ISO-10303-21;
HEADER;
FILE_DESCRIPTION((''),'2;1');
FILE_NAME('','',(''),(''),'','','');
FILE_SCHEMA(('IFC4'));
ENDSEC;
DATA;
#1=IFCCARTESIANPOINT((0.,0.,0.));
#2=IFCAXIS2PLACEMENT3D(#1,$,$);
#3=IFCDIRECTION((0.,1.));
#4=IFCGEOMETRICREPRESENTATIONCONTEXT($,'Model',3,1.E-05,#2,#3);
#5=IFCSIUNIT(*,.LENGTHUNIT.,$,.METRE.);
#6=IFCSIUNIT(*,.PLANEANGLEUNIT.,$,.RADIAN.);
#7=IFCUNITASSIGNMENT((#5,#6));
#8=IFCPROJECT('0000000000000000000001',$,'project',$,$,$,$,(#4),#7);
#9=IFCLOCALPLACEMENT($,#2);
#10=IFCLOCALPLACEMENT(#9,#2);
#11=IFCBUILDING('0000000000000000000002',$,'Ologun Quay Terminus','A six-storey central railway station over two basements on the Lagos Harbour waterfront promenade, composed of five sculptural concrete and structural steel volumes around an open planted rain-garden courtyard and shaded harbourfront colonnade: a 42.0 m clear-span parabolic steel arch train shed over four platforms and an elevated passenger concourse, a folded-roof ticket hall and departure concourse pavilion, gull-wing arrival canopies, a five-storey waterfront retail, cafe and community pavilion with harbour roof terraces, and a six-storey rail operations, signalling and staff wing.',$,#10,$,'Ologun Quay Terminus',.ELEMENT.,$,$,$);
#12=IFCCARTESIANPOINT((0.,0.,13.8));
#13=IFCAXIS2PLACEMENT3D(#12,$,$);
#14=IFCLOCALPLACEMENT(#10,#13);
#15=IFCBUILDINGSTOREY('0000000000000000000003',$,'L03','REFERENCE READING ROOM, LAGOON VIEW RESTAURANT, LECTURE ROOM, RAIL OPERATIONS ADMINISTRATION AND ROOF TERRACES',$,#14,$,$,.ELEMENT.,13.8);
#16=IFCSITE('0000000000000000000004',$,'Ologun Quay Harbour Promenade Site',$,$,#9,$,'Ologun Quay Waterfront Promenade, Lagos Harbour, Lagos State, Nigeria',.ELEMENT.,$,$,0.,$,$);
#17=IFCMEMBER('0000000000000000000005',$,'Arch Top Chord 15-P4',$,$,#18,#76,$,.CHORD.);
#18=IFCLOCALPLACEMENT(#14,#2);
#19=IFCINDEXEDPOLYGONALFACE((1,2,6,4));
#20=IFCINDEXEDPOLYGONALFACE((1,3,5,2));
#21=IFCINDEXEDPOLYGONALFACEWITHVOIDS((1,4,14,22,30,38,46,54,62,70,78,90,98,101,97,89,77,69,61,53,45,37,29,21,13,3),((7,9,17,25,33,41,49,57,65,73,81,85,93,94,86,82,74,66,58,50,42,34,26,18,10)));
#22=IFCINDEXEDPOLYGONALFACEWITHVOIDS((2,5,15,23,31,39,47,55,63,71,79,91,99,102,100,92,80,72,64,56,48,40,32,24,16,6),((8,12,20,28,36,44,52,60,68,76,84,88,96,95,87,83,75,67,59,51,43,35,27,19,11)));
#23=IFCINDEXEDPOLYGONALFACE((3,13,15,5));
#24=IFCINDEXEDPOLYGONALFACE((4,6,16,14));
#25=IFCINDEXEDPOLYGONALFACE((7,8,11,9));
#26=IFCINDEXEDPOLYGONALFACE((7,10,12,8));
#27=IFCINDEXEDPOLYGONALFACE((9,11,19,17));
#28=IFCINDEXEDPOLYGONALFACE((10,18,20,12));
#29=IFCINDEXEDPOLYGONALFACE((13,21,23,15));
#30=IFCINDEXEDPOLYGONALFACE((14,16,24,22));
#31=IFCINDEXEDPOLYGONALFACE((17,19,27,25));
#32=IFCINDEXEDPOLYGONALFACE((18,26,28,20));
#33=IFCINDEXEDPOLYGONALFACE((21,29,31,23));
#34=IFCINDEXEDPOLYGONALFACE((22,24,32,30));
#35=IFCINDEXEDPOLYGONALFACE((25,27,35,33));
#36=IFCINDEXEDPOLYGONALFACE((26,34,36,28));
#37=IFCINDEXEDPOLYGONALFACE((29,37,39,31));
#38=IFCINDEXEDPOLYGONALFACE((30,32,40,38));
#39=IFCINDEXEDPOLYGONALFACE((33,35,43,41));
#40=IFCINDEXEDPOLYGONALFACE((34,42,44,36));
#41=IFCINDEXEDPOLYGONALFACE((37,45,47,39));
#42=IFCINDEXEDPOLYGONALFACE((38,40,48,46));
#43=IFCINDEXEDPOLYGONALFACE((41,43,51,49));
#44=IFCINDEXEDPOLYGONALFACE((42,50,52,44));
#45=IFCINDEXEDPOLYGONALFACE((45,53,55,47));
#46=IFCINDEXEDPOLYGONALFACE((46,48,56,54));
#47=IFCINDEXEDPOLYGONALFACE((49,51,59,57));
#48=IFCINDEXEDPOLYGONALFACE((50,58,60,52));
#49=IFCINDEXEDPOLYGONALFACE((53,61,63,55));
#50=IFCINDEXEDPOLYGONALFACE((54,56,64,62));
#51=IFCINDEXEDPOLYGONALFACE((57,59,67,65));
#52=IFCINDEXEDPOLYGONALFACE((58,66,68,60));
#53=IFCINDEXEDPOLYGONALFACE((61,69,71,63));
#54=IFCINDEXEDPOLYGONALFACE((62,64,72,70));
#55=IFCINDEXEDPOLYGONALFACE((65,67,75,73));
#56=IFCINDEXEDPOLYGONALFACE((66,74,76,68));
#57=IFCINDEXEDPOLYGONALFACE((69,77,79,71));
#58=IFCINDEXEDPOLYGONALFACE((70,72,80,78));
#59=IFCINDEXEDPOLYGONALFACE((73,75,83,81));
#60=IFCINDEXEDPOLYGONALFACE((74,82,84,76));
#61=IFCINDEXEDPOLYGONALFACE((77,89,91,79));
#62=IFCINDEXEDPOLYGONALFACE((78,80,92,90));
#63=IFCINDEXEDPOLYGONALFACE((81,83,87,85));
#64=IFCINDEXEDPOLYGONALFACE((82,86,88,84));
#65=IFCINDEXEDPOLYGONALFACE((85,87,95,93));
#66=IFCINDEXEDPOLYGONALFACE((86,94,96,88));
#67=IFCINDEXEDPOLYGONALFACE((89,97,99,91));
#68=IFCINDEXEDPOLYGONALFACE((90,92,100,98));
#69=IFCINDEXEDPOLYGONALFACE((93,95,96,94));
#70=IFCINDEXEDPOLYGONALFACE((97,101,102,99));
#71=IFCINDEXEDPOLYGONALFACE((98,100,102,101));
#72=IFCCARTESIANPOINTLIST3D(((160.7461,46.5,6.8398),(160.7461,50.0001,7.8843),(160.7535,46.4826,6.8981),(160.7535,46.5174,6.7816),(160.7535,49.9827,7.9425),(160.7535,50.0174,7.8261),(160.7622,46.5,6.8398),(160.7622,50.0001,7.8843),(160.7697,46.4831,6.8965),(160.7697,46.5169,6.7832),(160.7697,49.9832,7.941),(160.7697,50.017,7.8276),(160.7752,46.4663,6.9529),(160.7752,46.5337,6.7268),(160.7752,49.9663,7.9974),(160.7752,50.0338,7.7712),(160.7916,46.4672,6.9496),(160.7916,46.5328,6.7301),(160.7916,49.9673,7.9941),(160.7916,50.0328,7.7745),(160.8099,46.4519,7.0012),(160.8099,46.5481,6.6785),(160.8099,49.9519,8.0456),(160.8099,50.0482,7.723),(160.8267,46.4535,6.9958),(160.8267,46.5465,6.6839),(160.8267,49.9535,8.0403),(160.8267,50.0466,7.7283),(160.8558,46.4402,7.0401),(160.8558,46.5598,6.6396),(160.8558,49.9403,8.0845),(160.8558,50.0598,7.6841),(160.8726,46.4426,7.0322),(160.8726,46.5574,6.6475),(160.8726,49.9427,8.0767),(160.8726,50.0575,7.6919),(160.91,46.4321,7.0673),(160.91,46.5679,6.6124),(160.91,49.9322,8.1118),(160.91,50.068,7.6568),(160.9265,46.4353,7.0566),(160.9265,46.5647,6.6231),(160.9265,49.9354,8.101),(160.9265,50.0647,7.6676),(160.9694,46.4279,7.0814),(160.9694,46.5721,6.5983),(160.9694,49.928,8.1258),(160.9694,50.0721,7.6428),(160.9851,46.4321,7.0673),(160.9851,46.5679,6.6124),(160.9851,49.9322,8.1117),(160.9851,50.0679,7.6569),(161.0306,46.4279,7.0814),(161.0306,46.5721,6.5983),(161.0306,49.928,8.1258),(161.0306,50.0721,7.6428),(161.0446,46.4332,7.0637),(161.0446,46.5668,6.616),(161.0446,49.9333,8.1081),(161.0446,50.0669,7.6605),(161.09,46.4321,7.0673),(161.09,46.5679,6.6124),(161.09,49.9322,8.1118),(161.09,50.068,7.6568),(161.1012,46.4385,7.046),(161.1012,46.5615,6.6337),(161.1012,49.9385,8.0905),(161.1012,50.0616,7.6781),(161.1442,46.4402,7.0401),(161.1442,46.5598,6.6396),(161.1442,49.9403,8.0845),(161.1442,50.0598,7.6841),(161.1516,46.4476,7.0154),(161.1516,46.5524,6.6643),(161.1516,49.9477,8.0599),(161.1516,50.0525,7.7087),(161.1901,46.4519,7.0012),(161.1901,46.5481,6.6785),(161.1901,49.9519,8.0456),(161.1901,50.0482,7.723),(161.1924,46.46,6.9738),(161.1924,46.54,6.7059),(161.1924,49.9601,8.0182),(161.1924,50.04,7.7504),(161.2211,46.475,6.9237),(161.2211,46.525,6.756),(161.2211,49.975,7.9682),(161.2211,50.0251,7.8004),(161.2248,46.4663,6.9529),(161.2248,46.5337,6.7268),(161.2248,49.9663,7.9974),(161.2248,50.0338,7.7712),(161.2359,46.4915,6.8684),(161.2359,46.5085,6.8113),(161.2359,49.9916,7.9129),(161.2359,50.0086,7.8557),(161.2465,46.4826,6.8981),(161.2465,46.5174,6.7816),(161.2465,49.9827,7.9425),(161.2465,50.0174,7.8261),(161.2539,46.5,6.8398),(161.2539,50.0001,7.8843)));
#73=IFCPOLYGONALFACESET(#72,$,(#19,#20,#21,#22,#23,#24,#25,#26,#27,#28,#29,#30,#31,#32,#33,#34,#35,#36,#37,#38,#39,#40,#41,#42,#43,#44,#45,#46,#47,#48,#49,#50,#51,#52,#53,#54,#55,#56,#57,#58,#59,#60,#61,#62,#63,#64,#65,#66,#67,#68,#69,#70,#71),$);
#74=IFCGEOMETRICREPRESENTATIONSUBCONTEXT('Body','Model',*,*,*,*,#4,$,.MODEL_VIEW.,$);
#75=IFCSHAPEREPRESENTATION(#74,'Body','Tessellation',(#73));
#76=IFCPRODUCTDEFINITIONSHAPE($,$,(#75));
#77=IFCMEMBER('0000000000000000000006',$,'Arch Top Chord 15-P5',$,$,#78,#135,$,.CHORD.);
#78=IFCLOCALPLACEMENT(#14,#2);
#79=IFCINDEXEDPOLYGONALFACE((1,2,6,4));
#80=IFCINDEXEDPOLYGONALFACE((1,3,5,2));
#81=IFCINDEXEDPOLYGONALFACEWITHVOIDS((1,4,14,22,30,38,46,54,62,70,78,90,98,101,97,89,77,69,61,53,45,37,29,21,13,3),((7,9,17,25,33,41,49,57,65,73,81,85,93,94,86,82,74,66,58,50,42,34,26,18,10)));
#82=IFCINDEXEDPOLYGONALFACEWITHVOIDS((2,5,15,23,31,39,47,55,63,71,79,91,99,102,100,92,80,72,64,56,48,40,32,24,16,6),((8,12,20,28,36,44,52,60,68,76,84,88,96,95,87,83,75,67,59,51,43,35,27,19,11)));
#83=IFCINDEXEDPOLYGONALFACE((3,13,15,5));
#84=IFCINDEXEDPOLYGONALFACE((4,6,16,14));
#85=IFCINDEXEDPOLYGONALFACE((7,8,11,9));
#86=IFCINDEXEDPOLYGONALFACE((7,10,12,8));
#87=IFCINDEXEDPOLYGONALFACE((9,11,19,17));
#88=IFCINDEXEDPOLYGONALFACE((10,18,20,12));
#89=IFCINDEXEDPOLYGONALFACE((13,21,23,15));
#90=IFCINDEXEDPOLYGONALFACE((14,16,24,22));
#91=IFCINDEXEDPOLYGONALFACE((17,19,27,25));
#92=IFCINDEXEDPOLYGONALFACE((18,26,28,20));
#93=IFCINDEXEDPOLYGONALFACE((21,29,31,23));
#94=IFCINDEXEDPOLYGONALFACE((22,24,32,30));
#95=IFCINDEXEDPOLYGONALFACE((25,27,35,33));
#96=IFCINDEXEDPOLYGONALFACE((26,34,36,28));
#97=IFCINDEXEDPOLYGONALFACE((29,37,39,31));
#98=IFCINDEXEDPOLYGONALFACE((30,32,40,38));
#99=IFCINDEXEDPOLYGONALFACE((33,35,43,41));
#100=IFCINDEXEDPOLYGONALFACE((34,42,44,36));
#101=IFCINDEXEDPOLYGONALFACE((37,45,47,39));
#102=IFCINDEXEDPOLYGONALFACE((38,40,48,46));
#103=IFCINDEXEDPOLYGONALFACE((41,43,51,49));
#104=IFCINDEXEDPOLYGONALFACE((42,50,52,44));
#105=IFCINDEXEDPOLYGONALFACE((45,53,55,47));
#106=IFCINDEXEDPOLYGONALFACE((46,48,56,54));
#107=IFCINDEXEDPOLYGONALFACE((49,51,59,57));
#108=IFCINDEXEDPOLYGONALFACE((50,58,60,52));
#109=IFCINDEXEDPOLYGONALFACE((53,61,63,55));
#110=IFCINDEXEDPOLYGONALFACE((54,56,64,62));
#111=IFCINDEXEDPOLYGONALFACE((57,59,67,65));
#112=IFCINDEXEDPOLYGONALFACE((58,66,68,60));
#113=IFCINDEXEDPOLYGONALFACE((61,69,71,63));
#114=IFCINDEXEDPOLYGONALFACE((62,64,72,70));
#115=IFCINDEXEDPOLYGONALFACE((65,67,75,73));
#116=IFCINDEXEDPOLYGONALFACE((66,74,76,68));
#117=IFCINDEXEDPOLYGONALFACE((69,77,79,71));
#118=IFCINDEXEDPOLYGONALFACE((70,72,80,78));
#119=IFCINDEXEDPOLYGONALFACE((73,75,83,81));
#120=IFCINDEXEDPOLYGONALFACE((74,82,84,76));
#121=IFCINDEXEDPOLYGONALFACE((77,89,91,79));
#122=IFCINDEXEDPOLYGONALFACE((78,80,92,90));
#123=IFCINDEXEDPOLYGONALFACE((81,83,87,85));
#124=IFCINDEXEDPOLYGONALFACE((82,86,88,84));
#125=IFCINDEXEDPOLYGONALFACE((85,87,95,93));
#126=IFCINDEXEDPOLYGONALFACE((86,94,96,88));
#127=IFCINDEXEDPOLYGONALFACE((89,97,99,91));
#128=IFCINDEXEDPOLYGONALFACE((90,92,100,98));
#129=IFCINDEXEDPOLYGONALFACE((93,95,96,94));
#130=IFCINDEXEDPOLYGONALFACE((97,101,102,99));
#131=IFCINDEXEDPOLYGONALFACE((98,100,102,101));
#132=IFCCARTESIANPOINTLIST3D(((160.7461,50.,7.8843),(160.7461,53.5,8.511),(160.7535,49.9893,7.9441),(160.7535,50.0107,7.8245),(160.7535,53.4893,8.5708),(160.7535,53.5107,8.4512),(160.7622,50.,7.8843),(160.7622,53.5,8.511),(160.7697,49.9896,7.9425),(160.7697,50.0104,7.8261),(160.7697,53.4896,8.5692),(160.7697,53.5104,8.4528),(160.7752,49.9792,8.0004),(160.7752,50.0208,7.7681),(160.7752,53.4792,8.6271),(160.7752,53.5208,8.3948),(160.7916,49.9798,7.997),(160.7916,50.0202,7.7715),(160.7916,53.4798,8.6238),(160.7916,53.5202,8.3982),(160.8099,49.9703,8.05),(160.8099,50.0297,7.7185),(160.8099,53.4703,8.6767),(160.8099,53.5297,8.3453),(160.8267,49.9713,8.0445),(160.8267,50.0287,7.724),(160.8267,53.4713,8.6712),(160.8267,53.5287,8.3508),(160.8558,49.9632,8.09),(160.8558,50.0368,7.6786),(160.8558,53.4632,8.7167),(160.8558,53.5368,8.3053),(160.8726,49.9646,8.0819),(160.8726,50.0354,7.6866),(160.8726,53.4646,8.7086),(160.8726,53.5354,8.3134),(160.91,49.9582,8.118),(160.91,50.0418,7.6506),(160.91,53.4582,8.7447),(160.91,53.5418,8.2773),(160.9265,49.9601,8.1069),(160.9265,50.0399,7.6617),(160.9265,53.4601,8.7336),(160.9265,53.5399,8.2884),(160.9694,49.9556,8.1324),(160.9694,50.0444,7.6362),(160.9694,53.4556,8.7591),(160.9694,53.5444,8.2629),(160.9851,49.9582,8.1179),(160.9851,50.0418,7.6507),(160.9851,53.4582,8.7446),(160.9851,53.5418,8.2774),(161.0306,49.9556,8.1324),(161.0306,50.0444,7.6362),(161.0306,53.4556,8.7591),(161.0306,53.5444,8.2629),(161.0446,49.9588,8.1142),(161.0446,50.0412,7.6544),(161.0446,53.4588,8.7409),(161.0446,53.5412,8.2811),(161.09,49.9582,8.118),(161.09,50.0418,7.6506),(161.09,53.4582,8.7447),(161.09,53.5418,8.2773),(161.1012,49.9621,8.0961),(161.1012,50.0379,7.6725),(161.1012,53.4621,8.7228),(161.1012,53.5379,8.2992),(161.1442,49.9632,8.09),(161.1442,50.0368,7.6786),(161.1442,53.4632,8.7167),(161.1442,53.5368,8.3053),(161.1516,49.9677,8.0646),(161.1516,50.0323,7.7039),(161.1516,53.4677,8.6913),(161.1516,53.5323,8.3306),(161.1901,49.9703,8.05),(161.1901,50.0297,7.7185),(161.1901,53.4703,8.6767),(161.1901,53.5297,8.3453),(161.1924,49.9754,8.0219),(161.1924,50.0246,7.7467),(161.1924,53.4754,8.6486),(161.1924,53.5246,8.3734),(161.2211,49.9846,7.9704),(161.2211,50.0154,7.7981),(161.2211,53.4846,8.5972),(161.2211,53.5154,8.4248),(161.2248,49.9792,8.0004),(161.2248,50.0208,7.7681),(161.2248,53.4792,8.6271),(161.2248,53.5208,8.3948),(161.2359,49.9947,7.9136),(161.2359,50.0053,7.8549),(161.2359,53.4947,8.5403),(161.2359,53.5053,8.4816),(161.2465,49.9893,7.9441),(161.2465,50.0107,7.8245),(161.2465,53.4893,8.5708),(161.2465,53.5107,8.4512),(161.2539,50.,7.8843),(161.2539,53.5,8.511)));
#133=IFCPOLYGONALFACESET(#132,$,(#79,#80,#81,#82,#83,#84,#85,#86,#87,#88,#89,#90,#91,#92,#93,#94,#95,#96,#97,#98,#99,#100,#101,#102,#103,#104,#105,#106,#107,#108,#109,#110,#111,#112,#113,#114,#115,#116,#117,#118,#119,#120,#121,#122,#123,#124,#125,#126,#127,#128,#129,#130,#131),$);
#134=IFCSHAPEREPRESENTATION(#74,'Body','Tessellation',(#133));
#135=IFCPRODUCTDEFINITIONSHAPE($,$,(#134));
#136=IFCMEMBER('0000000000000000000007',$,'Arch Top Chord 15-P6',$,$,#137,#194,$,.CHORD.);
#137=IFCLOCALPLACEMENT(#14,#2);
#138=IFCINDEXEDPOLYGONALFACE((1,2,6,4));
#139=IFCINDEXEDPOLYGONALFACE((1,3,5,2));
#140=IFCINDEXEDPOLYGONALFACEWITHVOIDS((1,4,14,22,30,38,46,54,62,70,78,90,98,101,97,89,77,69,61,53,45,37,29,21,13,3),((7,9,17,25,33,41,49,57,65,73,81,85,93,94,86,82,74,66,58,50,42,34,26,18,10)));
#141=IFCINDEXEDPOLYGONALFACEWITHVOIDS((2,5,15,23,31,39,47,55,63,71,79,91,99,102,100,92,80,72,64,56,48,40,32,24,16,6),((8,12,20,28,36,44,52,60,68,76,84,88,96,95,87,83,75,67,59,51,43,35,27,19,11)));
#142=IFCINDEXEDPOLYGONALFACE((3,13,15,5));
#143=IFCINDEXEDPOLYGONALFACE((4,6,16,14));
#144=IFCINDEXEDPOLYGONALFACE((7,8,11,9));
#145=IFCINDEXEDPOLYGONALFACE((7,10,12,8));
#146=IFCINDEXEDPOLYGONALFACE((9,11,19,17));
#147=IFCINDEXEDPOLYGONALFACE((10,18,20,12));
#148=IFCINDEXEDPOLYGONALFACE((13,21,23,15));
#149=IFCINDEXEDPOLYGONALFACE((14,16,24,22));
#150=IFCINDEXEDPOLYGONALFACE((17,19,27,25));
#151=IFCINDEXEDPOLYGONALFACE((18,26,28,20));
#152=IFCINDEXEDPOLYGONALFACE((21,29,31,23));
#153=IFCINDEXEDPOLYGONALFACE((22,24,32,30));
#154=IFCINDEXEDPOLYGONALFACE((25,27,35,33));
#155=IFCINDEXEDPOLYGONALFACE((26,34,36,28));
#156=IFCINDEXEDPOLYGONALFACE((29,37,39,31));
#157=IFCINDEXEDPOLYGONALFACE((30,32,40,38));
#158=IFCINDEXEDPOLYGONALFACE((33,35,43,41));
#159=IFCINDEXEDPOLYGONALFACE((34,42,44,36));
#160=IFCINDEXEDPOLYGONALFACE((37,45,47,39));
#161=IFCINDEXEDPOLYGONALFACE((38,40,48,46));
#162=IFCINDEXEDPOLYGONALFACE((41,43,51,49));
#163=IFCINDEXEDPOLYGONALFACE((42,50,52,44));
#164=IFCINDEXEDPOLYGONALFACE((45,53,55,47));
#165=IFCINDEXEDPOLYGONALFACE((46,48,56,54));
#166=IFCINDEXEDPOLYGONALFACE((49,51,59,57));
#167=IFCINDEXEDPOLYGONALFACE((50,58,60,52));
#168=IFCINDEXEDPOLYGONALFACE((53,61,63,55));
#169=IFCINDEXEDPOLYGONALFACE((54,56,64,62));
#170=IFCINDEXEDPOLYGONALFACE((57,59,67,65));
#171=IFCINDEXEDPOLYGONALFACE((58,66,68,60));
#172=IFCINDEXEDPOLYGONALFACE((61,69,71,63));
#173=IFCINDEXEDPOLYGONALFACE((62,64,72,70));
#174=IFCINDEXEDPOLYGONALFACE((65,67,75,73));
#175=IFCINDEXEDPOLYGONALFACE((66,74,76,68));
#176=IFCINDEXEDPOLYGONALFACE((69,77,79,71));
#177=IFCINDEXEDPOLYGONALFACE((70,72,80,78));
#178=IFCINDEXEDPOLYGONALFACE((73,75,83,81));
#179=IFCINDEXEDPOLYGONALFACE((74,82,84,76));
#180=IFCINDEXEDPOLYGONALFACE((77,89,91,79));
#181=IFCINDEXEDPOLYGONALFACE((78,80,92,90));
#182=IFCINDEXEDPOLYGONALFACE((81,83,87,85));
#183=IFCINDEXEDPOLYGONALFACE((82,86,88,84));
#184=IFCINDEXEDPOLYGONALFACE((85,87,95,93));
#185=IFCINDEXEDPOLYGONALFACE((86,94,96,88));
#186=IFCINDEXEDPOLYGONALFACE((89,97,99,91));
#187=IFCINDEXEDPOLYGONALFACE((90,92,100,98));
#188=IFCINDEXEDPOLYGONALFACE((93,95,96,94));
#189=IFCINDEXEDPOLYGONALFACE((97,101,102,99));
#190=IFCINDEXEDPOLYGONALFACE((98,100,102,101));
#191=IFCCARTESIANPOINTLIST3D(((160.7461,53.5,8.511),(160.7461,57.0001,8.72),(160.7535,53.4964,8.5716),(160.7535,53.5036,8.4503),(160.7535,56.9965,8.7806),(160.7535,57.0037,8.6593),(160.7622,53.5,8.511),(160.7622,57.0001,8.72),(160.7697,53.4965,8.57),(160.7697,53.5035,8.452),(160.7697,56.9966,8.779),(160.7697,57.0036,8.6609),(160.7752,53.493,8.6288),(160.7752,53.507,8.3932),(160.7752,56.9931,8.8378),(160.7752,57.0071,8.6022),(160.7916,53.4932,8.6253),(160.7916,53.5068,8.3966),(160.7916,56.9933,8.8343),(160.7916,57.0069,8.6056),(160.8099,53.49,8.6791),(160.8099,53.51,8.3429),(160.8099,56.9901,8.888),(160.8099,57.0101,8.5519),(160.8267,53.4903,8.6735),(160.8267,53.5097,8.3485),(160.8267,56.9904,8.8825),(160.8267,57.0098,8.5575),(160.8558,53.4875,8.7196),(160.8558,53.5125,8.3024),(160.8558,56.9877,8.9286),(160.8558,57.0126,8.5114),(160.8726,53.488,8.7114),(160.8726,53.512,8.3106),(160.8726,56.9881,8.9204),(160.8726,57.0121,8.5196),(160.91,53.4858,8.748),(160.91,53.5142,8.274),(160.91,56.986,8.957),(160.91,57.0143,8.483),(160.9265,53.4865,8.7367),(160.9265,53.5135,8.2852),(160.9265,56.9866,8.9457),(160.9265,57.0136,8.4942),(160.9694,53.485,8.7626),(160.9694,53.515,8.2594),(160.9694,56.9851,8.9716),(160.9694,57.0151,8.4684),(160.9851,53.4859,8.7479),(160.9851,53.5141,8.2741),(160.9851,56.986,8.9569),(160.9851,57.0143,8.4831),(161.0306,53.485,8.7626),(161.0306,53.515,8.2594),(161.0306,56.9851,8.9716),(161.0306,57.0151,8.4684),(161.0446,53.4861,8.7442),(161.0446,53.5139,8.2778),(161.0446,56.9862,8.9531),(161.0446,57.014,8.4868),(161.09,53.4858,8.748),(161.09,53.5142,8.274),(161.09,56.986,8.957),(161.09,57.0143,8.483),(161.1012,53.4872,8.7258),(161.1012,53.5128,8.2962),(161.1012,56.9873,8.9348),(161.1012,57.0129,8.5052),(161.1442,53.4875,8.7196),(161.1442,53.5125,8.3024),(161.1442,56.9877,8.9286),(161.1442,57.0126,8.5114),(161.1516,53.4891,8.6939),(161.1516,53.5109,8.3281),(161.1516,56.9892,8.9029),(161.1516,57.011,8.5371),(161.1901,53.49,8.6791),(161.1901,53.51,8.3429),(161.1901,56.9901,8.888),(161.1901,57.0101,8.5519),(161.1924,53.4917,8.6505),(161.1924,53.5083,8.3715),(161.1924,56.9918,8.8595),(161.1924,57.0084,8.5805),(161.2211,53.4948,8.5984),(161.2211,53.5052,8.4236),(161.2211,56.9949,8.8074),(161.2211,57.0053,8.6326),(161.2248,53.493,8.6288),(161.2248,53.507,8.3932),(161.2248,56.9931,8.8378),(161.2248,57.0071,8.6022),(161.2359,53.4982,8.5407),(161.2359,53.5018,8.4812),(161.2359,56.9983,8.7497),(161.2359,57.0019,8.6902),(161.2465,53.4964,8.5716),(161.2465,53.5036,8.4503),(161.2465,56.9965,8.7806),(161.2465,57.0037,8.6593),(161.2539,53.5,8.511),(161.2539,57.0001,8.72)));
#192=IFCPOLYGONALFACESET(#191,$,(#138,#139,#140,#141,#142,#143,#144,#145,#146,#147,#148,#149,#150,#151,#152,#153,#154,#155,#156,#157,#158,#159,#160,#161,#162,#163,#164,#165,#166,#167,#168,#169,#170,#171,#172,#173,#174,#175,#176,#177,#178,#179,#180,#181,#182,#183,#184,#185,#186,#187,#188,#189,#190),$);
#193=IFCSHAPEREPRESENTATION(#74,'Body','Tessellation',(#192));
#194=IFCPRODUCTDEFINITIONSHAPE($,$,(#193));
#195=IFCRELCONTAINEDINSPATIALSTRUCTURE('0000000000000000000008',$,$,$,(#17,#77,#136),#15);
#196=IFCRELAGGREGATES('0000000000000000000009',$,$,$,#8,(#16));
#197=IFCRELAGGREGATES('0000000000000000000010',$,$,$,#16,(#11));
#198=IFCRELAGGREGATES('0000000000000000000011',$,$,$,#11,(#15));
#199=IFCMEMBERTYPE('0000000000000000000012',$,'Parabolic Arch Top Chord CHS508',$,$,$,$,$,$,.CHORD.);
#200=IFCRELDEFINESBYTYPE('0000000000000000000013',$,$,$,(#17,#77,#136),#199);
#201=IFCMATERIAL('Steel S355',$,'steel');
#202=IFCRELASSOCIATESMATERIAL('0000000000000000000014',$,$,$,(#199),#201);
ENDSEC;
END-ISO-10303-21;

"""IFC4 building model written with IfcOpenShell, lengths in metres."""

from ifc_helpers import new_model, si_unit, direction, frame, origin, origin_2d, place, context, subcontext, project, spatial, hollow_circle, extrude, material, material_profile, profile_set, type_object, element, save


model = new_model("IFC4")

# Units and contexts
model_context = context("Model", 3, precision=1e-05, world=origin(), true_north=direction((0.0, 1.0)))
body_context = subcontext(model_context, "Body", "Model", "MODEL_VIEW")
ifc_project = project(units=[si_unit("LENGTHUNIT", "METRE"), si_unit("PLANEANGLEUNIT", "RADIAN")], contexts=[model_context])

# Site, building, storey
site_placement = place(None, origin())
site = spatial("IfcSite", under=ifc_project, at=site_placement, Name="Ologun Quay Harbour Promenade Site", LongName="Ologun Quay Waterfront Promenade, Lagos Harbour, Lagos State, Nigeria", CompositionType="ELEMENT", RefElevation=0.0)
building_placement = place(site_placement, origin())
building = spatial("IfcBuilding", under=site, at=building_placement, Name="Ologun Quay Terminus", Description="A six-storey central railway station over two basements on the Lagos Harbour waterfront promenade, composed of five sculptural concrete and structural steel volumes around an open planted rain-garden courtyard and shaded harbourfront colonnade: a 42.0 m clear-span parabolic steel arch train shed over four platforms and an elevated passenger concourse, a folded-roof ticket hall and departure concourse pavilion, gull-wing arrival canopies, a five-storey waterfront retail, cafe and community pavilion with harbour roof terraces, and a six-storey rail operations, signalling and staff wing.", LongName="Ologun Quay Terminus", CompositionType="ELEMENT")
storey_placement = place(building_placement, frame((0.0, 0.0, 13.8)))
storey = spatial("IfcBuildingStorey", under=building, at=storey_placement, Name="L03", Description="REFERENCE READING ROOM, LAGOON VIEW RESTAURANT, LECTURE ROOM, RAIL OPERATIONS ADMINISTRATION AND ROOF TERRACES", CompositionType="ELEMENT", Elevation=13.8)

# Members
ifc_material_1 = material(Name="Steel S355", Category="steel")
ifc_material_profile_1 = material_profile(ifc_material_1, hollow_circle(Radius=0.2539, WallThickness=0.0161, at=origin_2d()), Name="CHS 508x16")
ifc_profile_set_1 = profile_set([ifc_material_profile_1], Name="Steel S355")
member_type_1 = type_object("IfcMemberType", Name="Parabolic Arch Top Chord CHS508", PredefinedType="CHORD", material=ifc_profile_set_1)
member_1_placement = place(storey_placement, frame((161.0, 46.5, 6.8398), z_axis=(0.0, 0.958245, 0.285949), x_axis=(-1.0, 0.0, 0.0)))
element("IfcMember", 1, at=member_1_placement, inside=storey, type_object=member_type_1, Name="Arch Top Chord 15-P4", PredefinedType="CHORD", context=body_context, shape_type="SweptSolid", body=[
    extrude(hollow_circle(Radius=0.2539, WallThickness=0.0161, at=origin_2d()), origin(), (0.0, 0.0, 1.0), 3.6526),
])
member_2_placement = place(storey_placement, frame((161.0, 50.0, 7.8843), z_axis=(0.0, 0.984344, 0.176256), x_axis=(-1.0, 0.0, 0.0)))
element("IfcMember", 2, at=member_2_placement, inside=storey, type_object=member_type_1, Name="Arch Top Chord 15-P5", PredefinedType="CHORD", context=body_context, shape_type="SweptSolid", body=[
    extrude(hollow_circle(Radius=0.2539, WallThickness=0.0161, at=origin_2d()), origin(), (0.0, 0.0, 1.0), 3.5557),
])
for number, where, z_axis, x_axis, name in (
    (3, (161.0, 53.5, 8.511), (0.0, 0.998222, 0.059604), (-1.0, 0.0, 0.0), "Arch Top Chord 15-P6"),
):
    element("IfcMember", number, at=place(storey_placement, frame(where, z_axis=z_axis, x_axis=x_axis)), inside=storey, type_object=member_type_1, Name=name, PredefinedType="CHORD", context=body_context, shape_type="SweptSolid", body=[
        extrude(hollow_circle(Radius=0.2539, WallThickness=0.0161, at=origin_2d()), origin(), (0.0, 0.0, 1.0), 3.5063),
    ])

save(model, "model.ifc")
